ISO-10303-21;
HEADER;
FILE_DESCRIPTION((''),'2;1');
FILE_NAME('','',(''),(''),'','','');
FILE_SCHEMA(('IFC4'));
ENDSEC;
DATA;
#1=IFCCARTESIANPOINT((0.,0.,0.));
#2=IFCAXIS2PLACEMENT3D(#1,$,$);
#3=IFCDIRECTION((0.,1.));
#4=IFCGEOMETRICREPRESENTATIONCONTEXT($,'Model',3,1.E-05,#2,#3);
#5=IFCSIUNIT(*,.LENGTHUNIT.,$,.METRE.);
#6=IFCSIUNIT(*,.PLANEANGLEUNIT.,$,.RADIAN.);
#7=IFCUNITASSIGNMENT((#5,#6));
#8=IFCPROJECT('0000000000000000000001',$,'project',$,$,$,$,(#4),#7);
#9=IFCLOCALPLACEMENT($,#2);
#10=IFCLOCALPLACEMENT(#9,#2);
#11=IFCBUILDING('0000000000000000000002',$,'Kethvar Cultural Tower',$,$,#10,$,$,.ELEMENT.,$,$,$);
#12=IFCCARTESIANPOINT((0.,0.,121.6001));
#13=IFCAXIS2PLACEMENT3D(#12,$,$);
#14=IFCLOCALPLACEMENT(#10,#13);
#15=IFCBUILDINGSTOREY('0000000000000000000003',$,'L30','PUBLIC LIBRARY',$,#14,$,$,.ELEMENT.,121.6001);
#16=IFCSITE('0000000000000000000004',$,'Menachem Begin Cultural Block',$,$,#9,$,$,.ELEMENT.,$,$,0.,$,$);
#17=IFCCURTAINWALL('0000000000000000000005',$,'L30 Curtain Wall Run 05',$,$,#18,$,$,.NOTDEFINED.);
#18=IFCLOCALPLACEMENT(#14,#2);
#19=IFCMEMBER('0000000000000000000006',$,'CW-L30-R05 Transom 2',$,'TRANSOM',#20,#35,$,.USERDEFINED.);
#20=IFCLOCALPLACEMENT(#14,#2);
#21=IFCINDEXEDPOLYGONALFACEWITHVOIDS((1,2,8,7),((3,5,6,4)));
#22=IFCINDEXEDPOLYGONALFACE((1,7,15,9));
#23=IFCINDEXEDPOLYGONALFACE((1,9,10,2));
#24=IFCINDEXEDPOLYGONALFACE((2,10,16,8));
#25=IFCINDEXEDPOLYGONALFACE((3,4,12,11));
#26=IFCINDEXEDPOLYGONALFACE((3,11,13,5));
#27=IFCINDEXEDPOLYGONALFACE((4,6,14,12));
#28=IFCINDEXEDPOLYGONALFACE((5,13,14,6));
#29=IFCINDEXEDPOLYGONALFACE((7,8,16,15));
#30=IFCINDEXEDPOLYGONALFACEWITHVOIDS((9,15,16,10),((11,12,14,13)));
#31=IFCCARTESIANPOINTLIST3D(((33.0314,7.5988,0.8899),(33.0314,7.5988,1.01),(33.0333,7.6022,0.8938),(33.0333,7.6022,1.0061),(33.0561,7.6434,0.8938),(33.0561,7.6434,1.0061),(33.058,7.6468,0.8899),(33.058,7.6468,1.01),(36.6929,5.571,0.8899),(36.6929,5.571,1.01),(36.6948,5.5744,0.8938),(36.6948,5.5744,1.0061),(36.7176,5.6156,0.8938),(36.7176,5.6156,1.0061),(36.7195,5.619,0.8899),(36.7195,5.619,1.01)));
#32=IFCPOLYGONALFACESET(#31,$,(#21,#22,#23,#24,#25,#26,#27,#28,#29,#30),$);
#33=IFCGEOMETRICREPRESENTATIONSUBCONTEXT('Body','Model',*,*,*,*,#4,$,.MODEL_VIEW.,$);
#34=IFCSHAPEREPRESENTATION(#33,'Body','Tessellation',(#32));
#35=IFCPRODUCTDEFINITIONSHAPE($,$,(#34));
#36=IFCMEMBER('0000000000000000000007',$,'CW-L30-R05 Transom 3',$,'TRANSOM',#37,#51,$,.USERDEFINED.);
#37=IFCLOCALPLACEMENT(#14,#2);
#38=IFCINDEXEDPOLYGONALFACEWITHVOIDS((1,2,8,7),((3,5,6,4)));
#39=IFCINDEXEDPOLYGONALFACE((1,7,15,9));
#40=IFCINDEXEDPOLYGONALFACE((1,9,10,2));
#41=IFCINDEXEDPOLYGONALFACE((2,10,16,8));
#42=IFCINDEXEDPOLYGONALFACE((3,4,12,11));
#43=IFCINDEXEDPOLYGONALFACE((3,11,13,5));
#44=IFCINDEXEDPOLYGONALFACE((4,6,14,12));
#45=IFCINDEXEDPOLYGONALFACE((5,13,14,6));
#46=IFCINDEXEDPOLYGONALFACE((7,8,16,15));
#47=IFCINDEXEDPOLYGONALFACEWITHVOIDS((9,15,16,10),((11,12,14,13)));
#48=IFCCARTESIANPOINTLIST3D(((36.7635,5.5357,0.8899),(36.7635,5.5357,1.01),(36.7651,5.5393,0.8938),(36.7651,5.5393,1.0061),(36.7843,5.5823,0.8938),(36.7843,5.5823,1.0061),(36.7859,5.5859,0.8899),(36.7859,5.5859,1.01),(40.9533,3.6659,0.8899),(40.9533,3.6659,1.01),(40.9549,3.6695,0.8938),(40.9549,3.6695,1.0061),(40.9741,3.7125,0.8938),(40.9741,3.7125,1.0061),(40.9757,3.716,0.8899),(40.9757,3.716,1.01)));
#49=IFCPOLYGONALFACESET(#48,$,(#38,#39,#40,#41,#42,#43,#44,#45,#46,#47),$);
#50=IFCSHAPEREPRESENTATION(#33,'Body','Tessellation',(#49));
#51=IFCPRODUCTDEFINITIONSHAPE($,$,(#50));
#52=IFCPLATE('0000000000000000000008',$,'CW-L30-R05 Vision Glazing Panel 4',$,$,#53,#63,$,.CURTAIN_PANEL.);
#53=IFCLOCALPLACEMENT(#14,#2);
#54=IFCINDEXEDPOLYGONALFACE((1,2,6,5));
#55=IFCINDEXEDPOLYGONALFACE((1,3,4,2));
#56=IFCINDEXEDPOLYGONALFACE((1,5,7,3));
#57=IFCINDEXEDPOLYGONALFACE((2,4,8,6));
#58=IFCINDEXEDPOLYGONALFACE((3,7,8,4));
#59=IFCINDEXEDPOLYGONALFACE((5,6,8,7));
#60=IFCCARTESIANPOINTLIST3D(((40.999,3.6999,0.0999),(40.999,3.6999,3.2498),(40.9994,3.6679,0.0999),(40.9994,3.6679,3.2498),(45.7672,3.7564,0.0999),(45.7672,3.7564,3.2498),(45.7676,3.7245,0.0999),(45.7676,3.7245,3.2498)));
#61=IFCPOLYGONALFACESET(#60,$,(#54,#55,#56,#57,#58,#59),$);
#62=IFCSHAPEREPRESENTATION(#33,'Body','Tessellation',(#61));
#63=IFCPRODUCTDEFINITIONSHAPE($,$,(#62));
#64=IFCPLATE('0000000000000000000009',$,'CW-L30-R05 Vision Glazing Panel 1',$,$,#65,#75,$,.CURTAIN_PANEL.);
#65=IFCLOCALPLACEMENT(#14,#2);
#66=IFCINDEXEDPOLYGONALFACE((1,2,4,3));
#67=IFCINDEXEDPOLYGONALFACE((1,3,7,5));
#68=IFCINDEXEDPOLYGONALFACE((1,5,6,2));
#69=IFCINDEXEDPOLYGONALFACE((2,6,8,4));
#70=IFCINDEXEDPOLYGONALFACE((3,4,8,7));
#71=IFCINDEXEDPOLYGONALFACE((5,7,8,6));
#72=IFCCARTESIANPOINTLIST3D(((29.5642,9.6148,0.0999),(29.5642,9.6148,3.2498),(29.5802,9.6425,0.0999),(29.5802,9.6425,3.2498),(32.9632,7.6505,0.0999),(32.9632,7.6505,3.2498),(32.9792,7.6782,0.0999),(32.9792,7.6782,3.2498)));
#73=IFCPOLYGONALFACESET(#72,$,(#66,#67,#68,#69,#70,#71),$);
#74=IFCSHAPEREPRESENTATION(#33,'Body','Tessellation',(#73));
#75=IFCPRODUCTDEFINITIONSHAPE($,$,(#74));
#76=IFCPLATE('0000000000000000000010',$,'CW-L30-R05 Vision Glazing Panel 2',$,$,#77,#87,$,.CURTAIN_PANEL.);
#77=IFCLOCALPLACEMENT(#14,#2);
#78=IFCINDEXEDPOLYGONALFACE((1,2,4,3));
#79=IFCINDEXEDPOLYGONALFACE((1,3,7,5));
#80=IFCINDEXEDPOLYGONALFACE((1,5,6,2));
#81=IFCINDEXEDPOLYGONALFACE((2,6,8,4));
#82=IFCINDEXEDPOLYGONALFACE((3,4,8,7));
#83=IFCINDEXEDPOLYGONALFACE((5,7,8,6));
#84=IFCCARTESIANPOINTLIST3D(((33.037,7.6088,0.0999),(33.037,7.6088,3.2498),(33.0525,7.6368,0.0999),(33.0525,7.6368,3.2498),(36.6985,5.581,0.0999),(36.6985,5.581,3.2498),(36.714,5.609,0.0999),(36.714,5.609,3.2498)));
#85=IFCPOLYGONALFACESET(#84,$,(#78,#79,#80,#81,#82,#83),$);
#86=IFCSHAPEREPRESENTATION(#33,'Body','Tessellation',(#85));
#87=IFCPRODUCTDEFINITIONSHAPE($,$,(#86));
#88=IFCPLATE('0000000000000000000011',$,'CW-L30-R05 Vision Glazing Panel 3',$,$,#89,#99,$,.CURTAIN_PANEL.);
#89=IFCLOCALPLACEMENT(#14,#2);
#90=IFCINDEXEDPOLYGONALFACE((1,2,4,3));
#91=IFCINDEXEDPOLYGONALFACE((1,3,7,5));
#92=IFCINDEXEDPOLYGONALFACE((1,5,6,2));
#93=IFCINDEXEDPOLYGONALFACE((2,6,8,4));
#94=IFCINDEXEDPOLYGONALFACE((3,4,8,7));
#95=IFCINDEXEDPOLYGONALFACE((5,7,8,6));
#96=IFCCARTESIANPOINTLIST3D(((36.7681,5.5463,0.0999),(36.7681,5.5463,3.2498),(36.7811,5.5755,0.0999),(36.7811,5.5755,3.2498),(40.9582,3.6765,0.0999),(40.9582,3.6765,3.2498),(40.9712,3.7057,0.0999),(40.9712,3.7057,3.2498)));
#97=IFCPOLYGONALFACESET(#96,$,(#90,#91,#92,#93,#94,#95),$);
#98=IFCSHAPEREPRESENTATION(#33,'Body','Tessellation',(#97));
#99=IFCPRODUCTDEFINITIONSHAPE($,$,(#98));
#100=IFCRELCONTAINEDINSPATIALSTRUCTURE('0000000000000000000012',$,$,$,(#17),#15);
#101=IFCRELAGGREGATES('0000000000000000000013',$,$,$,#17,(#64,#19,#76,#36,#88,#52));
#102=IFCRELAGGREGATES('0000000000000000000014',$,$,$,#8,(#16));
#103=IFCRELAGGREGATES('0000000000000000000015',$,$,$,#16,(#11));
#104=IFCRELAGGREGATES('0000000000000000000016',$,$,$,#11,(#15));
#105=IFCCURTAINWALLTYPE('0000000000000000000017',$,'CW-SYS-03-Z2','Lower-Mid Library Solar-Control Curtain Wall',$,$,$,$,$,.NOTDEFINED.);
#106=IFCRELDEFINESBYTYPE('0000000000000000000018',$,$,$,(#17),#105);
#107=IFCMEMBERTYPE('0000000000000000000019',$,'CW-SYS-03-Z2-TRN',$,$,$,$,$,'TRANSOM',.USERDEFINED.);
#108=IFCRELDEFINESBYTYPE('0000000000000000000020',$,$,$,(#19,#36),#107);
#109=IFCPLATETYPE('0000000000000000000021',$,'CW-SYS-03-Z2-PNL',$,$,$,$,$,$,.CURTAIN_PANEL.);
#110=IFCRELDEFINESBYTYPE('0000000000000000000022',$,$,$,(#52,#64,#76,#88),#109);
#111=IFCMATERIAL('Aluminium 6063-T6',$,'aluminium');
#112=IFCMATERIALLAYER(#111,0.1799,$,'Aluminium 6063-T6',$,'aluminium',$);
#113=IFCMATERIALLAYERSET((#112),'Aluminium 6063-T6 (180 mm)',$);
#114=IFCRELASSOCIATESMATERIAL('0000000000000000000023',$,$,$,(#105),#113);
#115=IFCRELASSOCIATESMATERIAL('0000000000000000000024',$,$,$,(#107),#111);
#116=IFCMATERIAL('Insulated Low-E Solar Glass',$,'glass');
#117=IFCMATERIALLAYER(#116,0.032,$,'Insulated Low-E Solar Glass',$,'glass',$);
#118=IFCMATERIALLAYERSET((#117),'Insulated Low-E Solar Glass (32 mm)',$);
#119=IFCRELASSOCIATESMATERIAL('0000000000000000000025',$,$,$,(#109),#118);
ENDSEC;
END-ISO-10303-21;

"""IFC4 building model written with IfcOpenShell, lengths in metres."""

from ifc_helpers import new_model, si_unit, direction, frame, origin, origin_2d, place, context, subcontext, project, spatial, rectangle, hollow_rectangle, extrude, source, transform, mapped, material, layer, layer_set, material_profile, profile_set, type_object, element, aggregate, save


model = new_model("IFC4")

# Units and contexts
model_context = context("Model", 3, precision=1e-05, world=origin(), true_north=direction((0.0, 1.0)))
body_context = subcontext(model_context, "Body", "Model", "MODEL_VIEW")
ifc_project = project(units=[si_unit("LENGTHUNIT", "METRE"), si_unit("PLANEANGLEUNIT", "RADIAN")], contexts=[model_context])

# Site, building, storey
site_placement = place(None, origin())
site = spatial("IfcSite", under=ifc_project, at=site_placement, Name="Menachem Begin Cultural Block", CompositionType="ELEMENT", RefElevation=0.0)
building_placement = place(site_placement, origin())
building = spatial("IfcBuilding", under=site, at=building_placement, Name="Kethvar Cultural Tower", CompositionType="ELEMENT")
storey_placement = place(building_placement, frame((0.0, 0.0, 121.6001)))
storey = spatial("IfcBuildingStorey", under=building, at=storey_placement, Name="L30", Description="PUBLIC LIBRARY", CompositionType="ELEMENT", Elevation=121.6001)

# Curtain wall, members, plates
ifc_material_1 = material(Name="Aluminium 6063-T6", Category="aluminium")
ifc_layer_1 = layer(ifc_material_1, 0.1799, Name="Aluminium 6063-T6", Category="aluminium")
ifc_layer_set_1 = layer_set([ifc_layer_1], Name="Aluminium 6063-T6 (180 mm)")
curtain_wall_type = type_object("IfcCurtainWallType", Name="CW-SYS-03-Z2", Description="Lower-Mid Library Solar-Control Curtain Wall", PredefinedType="NOTDEFINED", material=ifc_layer_set_1)
curtain_wall_placement = place(storey_placement, origin())
curtain_wall = element("IfcCurtainWall", 1, at=curtain_wall_placement, inside=storey, type_object=curtain_wall_type, Name="L30 Curtain Wall Run 05", PredefinedType="NOTDEFINED")
ifc_material_profile_1 = material_profile(ifc_material_1, hollow_rectangle(XDim=0.0549, YDim=0.1201, WallThickness=0.0039, at=origin_2d()), Name="Aluminium 6063-T6 — RHS120x55x4")
ifc_profile_set_1 = profile_set([ifc_material_profile_1], Name="Aluminium 6063-T6 — RHS120x55x4")
member_type_1 = type_object("IfcMemberType", Name="CW-SYS-03-Z2-TRN", ElementType="TRANSOM", PredefinedType="USERDEFINED", material=ifc_profile_set_1)
shared_shape_1 = source(origin(), body_context, "Body", "SweptSolid", [
    extrude(hollow_rectangle(XDim=0.0549, YDim=0.1201, WallThickness=0.0039, at=origin_2d()), origin(), (0.0, 0.0, 1.0), 4.1855),
])
member_1_placement = place(storey_placement, frame((33.0447, 7.6228, 0.95), z_axis=(0.874806, -0.484474, 0.0), x_axis=(0.484474, 0.874806, 0.0)))
member_1 = element("IfcMember", 2, at=member_1_placement, type_object=member_type_1, Name="CW-L30-R05 Transom 2", ObjectType="TRANSOM", PredefinedType="USERDEFINED", context=body_context, shape_type="MappedRepresentation", body=[
    mapped(shared_shape_1, transform((0.0, 0.0, 0.0), scale=1.0)),
])
shared_shape_2 = source(origin(), body_context, "Body", "SweptSolid", [
    extrude(hollow_rectangle(XDim=0.0549, YDim=0.1201, WallThickness=0.0039, at=origin_2d()), origin(), (0.0, 0.0, 1.0), 4.5881),
])
member_2_placement = place(storey_placement, frame((36.7747, 5.5608, 0.95), z_axis=(0.91319, -0.407535, 0.0), x_axis=(0.407535, 0.91319, 0.0)))
member_2 = element("IfcMember", 3, at=member_2_placement, type_object=member_type_1, Name="CW-L30-R05 Transom 3", ObjectType="TRANSOM", PredefinedType="USERDEFINED", context=body_context, shape_type="MappedRepresentation", body=[
    mapped(shared_shape_2, transform((0.0, 0.0, 0.0), scale=1.0)),
])
ifc_material_2 = material(Name="Insulated Low-E Solar Glass", Category="glass")
ifc_layer_2 = layer(ifc_material_2, 0.032, Name="Insulated Low-E Solar Glass", Category="glass")
ifc_layer_set_2 = layer_set([ifc_layer_2], Name="Insulated Low-E Solar Glass (32 mm)")
plate_type = type_object("IfcPlateType", Name="CW-SYS-03-Z2-PNL", PredefinedType="CURTAIN_PANEL", material=ifc_layer_set_2)
shared_shape_3 = source(origin(), body_context, "Body", "SweptSolid", [
    extrude(rectangle(XDim=4.7686, YDim=0.032, at=origin_2d()), origin(), (0.0, 0.0, 1.0), 3.1499),
])
plate_1_placement = place(storey_placement, frame((43.3833, 3.7122, 0.0999), z_axis=(0.0, 0.0, 1.0), x_axis=(0.99993, 0.011868, 0.0)))
plate_1 = element("IfcPlate", 4, at=plate_1_placement, type_object=plate_type, Name="CW-L30-R05 Vision Glazing Panel 4", PredefinedType="CURTAIN_PANEL", context=body_context, shape_type="MappedRepresentation", body=[
    mapped(shared_shape_3, transform((0.0, 0.0, 0.0), scale=1.0)),
])
shared_shape_4 = source(origin(), body_context, "Body", "SweptSolid", [
    extrude(rectangle(XDim=3.9258, YDim=0.032, at=origin_2d()), origin(), (0.0, 0.0, 1.0), 3.1499),
])
plate_2_placement = place(storey_placement, frame((31.2717, 8.6465, 0.0999), z_axis=(0.0, 0.0, 1.0), x_axis=(0.865825, -0.500348, 0.0)))
plate_2 = element("IfcPlate", 5, at=plate_2_placement, type_object=plate_type, Name="CW-L30-R05 Vision Glazing Panel 1", PredefinedType="CURTAIN_PANEL", context=body_context, shape_type="MappedRepresentation", body=[
    mapped(shared_shape_4, transform((0.0, 0.0, 0.0), scale=1.0)),
])
shared_shape_5 = source(origin(), body_context, "Body", "SweptSolid", [
    extrude(rectangle(XDim=4.1855, YDim=0.032, at=origin_2d()), origin(), (0.0, 0.0, 1.0), 3.1499),
])
plate_3_placement = place(storey_placement, frame((34.8755, 6.6089, 0.0999), z_axis=(0.0, 0.0, 1.0), x_axis=(0.874806, -0.484474, 0.0)))
plate_3 = element("IfcPlate", 6, at=plate_3_placement, type_object=plate_type, Name="CW-L30-R05 Vision Glazing Panel 2", PredefinedType="CURTAIN_PANEL", context=body_context, shape_type="MappedRepresentation", body=[
    mapped(shared_shape_5, transform((0.0, 0.0, 0.0), scale=1.0)),
])
shared_shape_6 = source(origin(), body_context, "Body", "SweptSolid", [
    extrude(rectangle(XDim=4.5884, YDim=0.032, at=origin_2d()), origin(), (0.0, 0.0, 1.0), 3.1499),
])
plate_4_placement = place(storey_placement, frame((38.8696, 4.626, 0.0999), z_axis=(0.0, 0.0, 1.0), x_axis=(0.913197, -0.407518, 0.0)))
plate_4 = element("IfcPlate", 7, at=plate_4_placement, type_object=plate_type, Name="CW-L30-R05 Vision Glazing Panel 3", PredefinedType="CURTAIN_PANEL", context=body_context, shape_type="MappedRepresentation", body=[
    mapped(shared_shape_6, transform((0.0, 0.0, 0.0), scale=1.0)),
])
aggregate(curtain_wall, [plate_2, member_1, plate_3, member_2, plate_4, plate_1])

save(model, "model.ifc")
